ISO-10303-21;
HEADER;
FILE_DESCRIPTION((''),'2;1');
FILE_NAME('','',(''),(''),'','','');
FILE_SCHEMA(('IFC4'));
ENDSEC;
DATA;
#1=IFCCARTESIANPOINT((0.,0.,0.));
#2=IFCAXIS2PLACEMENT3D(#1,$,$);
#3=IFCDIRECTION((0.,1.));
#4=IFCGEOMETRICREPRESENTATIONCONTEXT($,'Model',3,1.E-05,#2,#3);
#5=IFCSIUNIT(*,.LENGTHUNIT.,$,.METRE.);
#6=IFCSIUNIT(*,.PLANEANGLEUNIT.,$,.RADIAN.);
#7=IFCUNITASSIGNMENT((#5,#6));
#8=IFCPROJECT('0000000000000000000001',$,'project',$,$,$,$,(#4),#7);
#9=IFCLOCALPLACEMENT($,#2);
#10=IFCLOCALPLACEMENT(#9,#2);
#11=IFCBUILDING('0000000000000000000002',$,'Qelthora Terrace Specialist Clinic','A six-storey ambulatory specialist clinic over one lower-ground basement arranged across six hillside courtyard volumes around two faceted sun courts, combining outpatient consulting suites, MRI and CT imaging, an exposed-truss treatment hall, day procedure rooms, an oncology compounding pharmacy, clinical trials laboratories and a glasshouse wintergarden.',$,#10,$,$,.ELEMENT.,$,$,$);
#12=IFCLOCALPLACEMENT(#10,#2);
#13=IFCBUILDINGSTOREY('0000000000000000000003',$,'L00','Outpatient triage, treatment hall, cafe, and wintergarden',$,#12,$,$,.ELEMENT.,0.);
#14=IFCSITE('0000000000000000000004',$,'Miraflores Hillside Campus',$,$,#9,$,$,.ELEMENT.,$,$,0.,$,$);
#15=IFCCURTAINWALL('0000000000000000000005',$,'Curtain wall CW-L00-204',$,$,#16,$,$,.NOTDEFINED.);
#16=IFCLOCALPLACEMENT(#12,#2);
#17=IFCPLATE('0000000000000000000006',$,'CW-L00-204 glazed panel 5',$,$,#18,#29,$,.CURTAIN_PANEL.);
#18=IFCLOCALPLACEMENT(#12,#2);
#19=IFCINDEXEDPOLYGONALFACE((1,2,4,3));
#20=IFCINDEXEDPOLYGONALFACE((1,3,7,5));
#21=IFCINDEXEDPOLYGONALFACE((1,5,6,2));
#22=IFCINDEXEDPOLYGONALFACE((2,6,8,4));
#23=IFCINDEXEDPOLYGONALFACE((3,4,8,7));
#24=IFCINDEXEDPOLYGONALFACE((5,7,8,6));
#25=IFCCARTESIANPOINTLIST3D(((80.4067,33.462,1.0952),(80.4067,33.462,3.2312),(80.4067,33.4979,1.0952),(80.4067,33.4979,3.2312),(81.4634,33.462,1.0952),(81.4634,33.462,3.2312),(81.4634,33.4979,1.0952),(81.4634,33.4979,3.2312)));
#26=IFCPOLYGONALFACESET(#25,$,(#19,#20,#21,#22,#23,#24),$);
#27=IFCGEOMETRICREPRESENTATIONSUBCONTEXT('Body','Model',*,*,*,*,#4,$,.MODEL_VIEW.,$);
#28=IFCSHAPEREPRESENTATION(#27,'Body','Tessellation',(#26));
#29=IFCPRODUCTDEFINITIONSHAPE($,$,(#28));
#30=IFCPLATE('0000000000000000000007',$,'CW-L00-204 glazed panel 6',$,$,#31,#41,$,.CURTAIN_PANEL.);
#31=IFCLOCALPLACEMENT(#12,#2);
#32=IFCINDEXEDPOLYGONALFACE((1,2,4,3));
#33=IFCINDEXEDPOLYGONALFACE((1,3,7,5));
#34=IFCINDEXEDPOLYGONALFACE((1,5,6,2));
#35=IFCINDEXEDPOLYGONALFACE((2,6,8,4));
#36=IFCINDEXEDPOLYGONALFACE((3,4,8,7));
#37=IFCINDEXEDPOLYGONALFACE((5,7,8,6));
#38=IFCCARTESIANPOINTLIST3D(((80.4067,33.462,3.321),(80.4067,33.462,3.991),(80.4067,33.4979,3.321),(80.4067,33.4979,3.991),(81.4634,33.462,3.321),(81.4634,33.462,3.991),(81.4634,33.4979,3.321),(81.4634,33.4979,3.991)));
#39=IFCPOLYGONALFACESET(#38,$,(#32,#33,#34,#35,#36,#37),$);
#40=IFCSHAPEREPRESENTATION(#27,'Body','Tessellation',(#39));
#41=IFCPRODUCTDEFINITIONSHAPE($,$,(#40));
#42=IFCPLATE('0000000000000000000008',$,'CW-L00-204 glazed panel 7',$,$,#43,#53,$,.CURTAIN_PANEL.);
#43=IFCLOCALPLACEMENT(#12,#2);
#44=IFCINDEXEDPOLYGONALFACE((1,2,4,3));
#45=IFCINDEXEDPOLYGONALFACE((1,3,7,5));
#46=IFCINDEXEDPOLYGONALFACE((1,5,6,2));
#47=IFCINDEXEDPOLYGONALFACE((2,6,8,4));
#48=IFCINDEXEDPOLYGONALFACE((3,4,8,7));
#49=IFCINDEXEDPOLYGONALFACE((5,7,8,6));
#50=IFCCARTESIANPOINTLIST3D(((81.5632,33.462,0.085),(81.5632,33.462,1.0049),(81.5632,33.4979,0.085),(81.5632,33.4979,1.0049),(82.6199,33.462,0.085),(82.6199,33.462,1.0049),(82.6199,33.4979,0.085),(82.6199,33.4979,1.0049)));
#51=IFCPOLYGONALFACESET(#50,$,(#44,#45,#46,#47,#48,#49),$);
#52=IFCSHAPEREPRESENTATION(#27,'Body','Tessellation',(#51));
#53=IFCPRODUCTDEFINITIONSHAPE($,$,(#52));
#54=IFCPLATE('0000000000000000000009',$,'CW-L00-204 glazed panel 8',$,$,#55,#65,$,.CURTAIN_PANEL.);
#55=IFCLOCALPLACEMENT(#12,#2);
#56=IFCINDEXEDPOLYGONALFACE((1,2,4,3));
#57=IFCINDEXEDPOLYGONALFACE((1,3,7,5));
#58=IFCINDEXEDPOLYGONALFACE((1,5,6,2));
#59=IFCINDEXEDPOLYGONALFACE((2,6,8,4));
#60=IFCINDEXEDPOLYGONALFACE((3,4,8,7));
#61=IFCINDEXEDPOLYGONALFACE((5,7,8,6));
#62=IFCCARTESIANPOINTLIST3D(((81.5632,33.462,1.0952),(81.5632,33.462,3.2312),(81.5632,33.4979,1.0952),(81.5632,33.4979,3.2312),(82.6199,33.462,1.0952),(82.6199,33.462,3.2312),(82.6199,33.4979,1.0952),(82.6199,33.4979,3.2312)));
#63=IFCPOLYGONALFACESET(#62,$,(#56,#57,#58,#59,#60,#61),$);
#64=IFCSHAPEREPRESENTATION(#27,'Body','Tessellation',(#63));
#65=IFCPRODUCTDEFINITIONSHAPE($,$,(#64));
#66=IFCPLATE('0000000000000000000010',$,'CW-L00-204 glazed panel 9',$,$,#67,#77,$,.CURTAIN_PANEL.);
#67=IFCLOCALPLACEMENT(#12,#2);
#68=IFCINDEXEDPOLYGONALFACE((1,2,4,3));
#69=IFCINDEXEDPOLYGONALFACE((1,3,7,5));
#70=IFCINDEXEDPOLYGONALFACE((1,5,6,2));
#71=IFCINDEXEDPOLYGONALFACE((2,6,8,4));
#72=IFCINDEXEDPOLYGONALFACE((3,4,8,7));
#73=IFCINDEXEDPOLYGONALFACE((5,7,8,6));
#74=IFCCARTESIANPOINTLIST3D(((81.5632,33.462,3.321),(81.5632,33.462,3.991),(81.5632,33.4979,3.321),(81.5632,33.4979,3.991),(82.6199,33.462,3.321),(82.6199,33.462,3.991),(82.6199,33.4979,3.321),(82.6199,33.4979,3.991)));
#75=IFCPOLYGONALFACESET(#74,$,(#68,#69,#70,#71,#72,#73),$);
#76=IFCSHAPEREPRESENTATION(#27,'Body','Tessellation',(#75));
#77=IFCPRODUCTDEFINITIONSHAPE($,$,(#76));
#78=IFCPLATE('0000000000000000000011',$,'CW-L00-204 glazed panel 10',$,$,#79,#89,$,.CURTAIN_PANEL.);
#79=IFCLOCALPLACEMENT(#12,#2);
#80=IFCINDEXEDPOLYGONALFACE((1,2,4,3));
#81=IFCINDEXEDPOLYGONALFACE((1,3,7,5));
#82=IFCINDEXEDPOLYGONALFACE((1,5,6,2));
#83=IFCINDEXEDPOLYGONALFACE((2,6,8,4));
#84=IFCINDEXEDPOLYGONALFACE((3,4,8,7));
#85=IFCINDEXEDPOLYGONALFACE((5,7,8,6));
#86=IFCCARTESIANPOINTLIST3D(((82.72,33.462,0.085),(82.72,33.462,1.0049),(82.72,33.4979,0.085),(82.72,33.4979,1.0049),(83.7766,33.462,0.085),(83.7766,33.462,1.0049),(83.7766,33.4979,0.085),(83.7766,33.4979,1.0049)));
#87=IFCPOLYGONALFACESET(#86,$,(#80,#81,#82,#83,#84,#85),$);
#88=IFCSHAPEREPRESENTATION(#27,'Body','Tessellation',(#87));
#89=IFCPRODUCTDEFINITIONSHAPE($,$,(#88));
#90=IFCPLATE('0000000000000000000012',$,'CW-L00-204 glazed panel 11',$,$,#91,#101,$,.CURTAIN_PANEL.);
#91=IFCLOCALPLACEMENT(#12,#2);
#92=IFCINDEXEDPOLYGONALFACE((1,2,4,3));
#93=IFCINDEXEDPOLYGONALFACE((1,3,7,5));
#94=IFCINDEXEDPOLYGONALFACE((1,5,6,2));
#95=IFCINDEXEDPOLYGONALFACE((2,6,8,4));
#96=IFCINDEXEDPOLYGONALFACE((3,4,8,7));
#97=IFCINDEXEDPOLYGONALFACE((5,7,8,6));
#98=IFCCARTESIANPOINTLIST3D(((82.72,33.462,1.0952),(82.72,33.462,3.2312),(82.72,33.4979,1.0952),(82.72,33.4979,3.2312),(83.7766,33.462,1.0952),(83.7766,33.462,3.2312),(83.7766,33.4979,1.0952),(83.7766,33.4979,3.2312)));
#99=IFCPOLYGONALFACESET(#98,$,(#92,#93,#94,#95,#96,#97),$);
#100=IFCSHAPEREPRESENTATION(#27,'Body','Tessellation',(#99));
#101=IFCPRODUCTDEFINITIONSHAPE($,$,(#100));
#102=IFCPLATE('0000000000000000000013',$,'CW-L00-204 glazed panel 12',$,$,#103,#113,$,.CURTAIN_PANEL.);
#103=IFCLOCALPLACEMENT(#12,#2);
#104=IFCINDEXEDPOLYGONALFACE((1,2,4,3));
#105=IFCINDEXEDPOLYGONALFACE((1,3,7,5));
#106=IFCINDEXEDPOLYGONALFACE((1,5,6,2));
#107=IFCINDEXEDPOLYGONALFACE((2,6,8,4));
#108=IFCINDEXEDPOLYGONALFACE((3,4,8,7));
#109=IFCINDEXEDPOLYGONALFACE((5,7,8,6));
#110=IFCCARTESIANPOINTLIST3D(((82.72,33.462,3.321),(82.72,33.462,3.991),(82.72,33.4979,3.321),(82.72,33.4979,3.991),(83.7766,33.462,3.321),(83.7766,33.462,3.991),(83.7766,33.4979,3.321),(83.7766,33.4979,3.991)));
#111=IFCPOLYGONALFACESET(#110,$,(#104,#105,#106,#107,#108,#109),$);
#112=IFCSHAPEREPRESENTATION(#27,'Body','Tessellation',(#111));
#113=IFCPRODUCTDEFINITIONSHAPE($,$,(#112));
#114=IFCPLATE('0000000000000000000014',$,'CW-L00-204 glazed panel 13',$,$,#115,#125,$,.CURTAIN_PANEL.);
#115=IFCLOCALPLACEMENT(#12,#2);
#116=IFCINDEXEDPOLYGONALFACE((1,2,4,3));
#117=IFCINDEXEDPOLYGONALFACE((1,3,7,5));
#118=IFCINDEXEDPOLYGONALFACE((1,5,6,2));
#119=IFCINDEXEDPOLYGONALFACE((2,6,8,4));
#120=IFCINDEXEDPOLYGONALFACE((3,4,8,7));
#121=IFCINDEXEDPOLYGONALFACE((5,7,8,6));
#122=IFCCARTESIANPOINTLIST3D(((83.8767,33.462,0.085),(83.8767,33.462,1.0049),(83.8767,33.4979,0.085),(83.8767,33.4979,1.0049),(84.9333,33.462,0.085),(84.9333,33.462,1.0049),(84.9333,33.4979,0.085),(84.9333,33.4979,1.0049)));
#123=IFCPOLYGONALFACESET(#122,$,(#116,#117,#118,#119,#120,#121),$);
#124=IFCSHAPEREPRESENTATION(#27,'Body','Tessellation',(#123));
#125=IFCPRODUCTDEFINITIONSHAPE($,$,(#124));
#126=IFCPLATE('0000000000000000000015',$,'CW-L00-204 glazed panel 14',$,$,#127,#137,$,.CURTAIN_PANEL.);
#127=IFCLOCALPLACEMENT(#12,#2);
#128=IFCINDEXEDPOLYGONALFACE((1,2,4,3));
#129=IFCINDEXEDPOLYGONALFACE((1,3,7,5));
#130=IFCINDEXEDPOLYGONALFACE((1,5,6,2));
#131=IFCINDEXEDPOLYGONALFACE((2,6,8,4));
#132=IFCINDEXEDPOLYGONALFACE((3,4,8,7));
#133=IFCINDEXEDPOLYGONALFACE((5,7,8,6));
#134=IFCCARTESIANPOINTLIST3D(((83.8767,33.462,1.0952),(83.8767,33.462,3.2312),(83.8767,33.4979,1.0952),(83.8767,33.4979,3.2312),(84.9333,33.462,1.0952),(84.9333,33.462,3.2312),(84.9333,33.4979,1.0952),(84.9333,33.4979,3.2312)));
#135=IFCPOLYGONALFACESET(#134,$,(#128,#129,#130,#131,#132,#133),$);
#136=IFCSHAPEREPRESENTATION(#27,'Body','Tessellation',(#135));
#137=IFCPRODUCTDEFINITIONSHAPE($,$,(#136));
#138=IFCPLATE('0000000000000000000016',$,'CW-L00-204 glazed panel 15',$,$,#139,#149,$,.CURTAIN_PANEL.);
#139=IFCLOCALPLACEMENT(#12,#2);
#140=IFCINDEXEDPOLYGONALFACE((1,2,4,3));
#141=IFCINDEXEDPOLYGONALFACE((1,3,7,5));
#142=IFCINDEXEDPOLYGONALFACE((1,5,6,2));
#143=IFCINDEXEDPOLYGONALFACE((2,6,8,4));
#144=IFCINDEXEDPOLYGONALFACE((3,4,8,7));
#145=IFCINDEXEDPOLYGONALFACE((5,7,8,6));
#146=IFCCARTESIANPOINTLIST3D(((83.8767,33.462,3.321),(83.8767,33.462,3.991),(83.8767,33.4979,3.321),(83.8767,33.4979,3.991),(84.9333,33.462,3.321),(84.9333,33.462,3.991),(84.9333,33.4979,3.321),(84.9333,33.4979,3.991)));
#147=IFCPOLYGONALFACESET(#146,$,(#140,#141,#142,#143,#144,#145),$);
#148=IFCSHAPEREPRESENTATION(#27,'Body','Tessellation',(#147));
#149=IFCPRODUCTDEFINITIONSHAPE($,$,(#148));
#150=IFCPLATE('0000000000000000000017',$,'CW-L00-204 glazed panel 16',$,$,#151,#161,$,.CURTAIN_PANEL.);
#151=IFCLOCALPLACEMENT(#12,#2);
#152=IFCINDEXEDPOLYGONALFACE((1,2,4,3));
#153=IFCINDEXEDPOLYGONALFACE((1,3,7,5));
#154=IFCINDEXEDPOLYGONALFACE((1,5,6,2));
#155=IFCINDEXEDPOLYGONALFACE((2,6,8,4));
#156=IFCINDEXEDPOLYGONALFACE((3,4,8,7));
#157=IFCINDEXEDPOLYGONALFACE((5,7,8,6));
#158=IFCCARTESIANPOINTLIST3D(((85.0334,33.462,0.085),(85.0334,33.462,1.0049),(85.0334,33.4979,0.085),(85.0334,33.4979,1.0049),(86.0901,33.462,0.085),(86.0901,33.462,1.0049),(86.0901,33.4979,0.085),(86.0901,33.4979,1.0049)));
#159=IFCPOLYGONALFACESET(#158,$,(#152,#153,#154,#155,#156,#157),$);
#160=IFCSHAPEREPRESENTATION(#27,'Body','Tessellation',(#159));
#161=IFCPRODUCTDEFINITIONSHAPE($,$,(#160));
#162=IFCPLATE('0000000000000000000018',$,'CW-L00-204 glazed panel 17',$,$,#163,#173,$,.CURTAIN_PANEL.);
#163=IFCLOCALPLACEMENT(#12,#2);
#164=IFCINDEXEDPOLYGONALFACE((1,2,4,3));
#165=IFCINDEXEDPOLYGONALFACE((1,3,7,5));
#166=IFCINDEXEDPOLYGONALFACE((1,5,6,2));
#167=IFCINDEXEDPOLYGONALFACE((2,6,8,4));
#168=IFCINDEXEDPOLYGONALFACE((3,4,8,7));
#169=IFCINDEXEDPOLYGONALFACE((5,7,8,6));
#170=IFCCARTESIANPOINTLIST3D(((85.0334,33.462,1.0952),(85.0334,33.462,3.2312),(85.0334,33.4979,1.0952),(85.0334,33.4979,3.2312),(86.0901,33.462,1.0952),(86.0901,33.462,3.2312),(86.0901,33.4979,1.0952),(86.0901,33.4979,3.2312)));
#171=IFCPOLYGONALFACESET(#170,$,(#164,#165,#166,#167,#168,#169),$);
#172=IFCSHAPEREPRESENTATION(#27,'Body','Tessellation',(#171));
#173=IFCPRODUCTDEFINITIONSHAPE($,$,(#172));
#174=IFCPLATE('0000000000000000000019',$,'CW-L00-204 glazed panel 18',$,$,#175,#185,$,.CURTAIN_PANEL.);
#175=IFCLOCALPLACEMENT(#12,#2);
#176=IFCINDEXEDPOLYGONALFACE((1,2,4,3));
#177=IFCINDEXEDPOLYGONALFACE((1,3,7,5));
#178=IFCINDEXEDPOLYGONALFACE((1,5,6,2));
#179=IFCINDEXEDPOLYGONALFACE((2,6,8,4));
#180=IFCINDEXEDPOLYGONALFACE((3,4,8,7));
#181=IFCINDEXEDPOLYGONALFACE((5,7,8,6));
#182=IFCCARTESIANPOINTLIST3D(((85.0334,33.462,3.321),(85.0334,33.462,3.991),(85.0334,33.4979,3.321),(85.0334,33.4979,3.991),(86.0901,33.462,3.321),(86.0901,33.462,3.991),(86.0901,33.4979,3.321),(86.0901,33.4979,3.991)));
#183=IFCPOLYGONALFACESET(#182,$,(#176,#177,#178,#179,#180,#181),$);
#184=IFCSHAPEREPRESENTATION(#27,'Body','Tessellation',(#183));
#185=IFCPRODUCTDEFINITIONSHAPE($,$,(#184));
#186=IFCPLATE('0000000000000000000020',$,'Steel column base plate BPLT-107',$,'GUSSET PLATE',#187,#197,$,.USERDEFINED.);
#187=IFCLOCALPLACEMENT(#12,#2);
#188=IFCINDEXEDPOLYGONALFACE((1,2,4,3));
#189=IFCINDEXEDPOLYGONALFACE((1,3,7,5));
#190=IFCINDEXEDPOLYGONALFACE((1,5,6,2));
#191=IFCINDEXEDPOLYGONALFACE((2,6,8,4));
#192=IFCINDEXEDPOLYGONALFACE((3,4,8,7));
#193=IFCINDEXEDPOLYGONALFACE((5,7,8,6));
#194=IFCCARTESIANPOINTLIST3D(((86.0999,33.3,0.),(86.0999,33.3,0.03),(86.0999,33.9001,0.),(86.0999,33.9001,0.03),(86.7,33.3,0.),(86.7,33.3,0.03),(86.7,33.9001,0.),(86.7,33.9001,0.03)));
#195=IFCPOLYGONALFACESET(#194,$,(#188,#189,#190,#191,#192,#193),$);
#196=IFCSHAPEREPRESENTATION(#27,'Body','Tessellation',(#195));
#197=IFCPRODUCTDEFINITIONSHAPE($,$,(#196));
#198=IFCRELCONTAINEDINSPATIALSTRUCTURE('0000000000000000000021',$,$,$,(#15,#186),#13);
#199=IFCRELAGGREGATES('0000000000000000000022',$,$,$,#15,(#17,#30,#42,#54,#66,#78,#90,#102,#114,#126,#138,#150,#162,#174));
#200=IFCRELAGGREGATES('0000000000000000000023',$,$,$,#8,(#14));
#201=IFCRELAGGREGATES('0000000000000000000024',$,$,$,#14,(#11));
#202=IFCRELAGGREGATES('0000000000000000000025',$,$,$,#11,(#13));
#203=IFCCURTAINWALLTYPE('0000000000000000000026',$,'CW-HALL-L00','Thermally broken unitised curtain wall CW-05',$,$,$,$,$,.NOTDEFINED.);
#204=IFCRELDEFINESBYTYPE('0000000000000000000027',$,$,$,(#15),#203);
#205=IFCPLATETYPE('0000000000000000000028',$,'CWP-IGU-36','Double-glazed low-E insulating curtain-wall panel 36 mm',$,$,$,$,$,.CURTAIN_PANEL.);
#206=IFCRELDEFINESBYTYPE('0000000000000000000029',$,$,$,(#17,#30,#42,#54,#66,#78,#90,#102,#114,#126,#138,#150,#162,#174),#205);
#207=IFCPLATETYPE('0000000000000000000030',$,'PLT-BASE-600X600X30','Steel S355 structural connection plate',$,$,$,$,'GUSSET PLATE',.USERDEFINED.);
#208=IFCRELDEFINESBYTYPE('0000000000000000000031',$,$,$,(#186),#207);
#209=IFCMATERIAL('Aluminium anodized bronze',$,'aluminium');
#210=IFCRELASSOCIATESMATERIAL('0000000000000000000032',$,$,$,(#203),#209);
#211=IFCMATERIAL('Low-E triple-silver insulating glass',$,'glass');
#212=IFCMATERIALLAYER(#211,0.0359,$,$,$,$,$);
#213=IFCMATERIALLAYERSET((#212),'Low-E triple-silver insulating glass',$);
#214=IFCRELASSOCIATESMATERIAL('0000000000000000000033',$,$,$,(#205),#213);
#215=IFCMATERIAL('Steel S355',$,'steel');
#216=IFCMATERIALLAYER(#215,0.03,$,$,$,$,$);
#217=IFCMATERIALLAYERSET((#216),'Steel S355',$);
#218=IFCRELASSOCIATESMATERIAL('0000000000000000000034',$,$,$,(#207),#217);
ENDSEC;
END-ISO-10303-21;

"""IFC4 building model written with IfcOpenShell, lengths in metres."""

from ifc_helpers import new_model, si_unit, direction, frame, origin, origin_2d, place, context, subcontext, project, spatial, rectangle, extrude, material, layer, layer_set, type_object, element, aggregate, save


model = new_model("IFC4")

# Units and contexts
model_context = context("Model", 3, precision=1e-05, world=origin(), true_north=direction((0.0, 1.0)))
body_context = subcontext(model_context, "Body", "Model", "MODEL_VIEW")
ifc_project = project(units=[si_unit("LENGTHUNIT", "METRE"), si_unit("PLANEANGLEUNIT", "RADIAN")], contexts=[model_context])

# Site, building, storey
site_placement = place(None, origin())
site = spatial("IfcSite", under=ifc_project, at=site_placement, Name="Miraflores Hillside Campus", CompositionType="ELEMENT", RefElevation=0.0)
building_placement = place(site_placement, origin())
building = spatial("IfcBuilding", under=site, at=building_placement, Name="Qelthora Terrace Specialist Clinic", Description="A six-storey ambulatory specialist clinic over one lower-ground basement arranged across six hillside courtyard volumes around two faceted sun courts, combining outpatient consulting suites, MRI and CT imaging, an exposed-truss treatment hall, day procedure rooms, an oncology compounding pharmacy, clinical trials laboratories and a glasshouse wintergarden.", CompositionType="ELEMENT")
storey_placement = place(building_placement, origin())
storey = spatial("IfcBuildingStorey", under=building, at=storey_placement, Name="L00", Description="Outpatient triage, treatment hall, cafe, and wintergarden", CompositionType="ELEMENT", Elevation=0.0)

# Shared definitions
ifc_material_1 = material(Name="Steel S355", Category="steel")

# Curtain wall, plates
ifc_material_2 = material(Name="Aluminium anodized bronze", Category="aluminium")
curtain_wall_type = type_object("IfcCurtainWallType", Name="CW-HALL-L00", Description="Thermally broken unitised curtain wall CW-05", PredefinedType="NOTDEFINED", material=ifc_material_2)
curtain_wall_placement = place(storey_placement, origin())
curtain_wall = element("IfcCurtainWall", 1, at=curtain_wall_placement, inside=storey, type_object=curtain_wall_type, Name="Curtain wall CW-L00-204", PredefinedType="NOTDEFINED")
ifc_material_3 = material(Name="Low-E triple-silver insulating glass", Category="glass")
ifc_layer_1 = layer(ifc_material_3, 0.0359)
ifc_layer_set_1 = layer_set([ifc_layer_1], Name="Low-E triple-silver insulating glass")
plate_type_1 = type_object("IfcPlateType", Name="CWP-IGU-36", Description="Double-glazed low-E insulating curtain-wall panel 36 mm", PredefinedType="CURTAIN_PANEL", material=ifc_layer_set_1)
plate_1_placement = place(storey_placement, frame((80.9351, 33.48, 1.0952), z_axis=(0.0, 0.0, 1.0), x_axis=(1.0, 0.0, 0.0)))
plate_1 = element("IfcPlate", 2, at=plate_1_placement, type_object=plate_type_1, Name="CW-L00-204 glazed panel 5", PredefinedType="CURTAIN_PANEL", context=body_context, shape_type="SweptSolid", body=[
    extrude(rectangle(XDim=1.0566, YDim=0.0359, at=origin_2d()), origin(), (0.0, 0.0, 1.0), 2.136),
])
plate_2_placement = place(storey_placement, frame((80.9351, 33.48, 3.321), z_axis=(0.0, 0.0, 1.0), x_axis=(1.0, 0.0, 0.0)))
plate_2 = element("IfcPlate", 3, at=plate_2_placement, type_object=plate_type_1, Name="CW-L00-204 glazed panel 6", PredefinedType="CURTAIN_PANEL", context=body_context, shape_type="SweptSolid", body=[
    extrude(rectangle(XDim=1.0566, YDim=0.0359, at=origin_2d()), origin(), (0.0, 0.0, 1.0), 0.6699),
])
plate_3_placement = place(storey_placement, frame((82.0916, 33.48, 0.085), z_axis=(0.0, 0.0, 1.0), x_axis=(1.0, 0.0, 0.0)))
plate_3 = element("IfcPlate", 4, at=plate_3_placement, type_object=plate_type_1, Name="CW-L00-204 glazed panel 7", PredefinedType="CURTAIN_PANEL", context=body_context, shape_type="SweptSolid", body=[
    extrude(rectangle(XDim=1.0566, YDim=0.0359, at=origin_2d()), origin(), (0.0, 0.0, 1.0), 0.9199),
])
plate_4_placement = place(storey_placement, frame((82.0916, 33.48, 1.0952), z_axis=(0.0, 0.0, 1.0), x_axis=(1.0, 0.0, 0.0)))
plate_4 = element("IfcPlate", 5, at=plate_4_placement, type_object=plate_type_1, Name="CW-L00-204 glazed panel 8", PredefinedType="CURTAIN_PANEL", context=body_context, shape_type="SweptSolid", body=[
    extrude(rectangle(XDim=1.0566, YDim=0.0359, at=origin_2d()), origin(), (0.0, 0.0, 1.0), 2.136),
])
plate_5_placement = place(storey_placement, frame((82.0916, 33.48, 3.321), z_axis=(0.0, 0.0, 1.0), x_axis=(1.0, 0.0, 0.0)))
plate_5 = element("IfcPlate", 6, at=plate_5_placement, type_object=plate_type_1, Name="CW-L00-204 glazed panel 9", PredefinedType="CURTAIN_PANEL", context=body_context, shape_type="SweptSolid", body=[
    extrude(rectangle(XDim=1.0566, YDim=0.0359, at=origin_2d()), origin(), (0.0, 0.0, 1.0), 0.6699),
])
plate_6_placement = place(storey_placement, frame((83.2483, 33.48, 0.085), z_axis=(0.0, 0.0, 1.0), x_axis=(1.0, 0.0, 0.0)))
plate_6 = element("IfcPlate", 7, at=plate_6_placement, type_object=plate_type_1, Name="CW-L00-204 glazed panel 10", PredefinedType="CURTAIN_PANEL", context=body_context, shape_type="SweptSolid", body=[
    extrude(rectangle(XDim=1.0566, YDim=0.0359, at=origin_2d()), origin(), (0.0, 0.0, 1.0), 0.9199),
])
plate_7_placement = place(storey_placement, frame((83.2483, 33.48, 1.0952), z_axis=(0.0, 0.0, 1.0), x_axis=(1.0, 0.0, 0.0)))
plate_7 = element("IfcPlate", 8, at=plate_7_placement, type_object=plate_type_1, Name="CW-L00-204 glazed panel 11", PredefinedType="CURTAIN_PANEL", context=body_context, shape_type="SweptSolid", body=[
    extrude(rectangle(XDim=1.0566, YDim=0.0359, at=origin_2d()), origin(), (0.0, 0.0, 1.0), 2.136),
])
plate_8_placement = place(storey_placement, frame((83.2483, 33.48, 3.321), z_axis=(0.0, 0.0, 1.0), x_axis=(1.0, 0.0, 0.0)))
plate_8 = element("IfcPlate", 9, at=plate_8_placement, type_object=plate_type_1, Name="CW-L00-204 glazed panel 12", PredefinedType="CURTAIN_PANEL", context=body_context, shape_type="SweptSolid", body=[
    extrude(rectangle(XDim=1.0566, YDim=0.0359, at=origin_2d()), origin(), (0.0, 0.0, 1.0), 0.6699),
])
plate_9_placement = place(storey_placement, frame((84.405, 33.48, 0.085), z_axis=(0.0, 0.0, 1.0), x_axis=(1.0, 0.0, 0.0)))
plate_9 = element("IfcPlate", 10, at=plate_9_placement, type_object=plate_type_1, Name="CW-L00-204 glazed panel 13", PredefinedType="CURTAIN_PANEL", context=body_context, shape_type="SweptSolid", body=[
    extrude(rectangle(XDim=1.0566, YDim=0.0359, at=origin_2d()), origin(), (0.0, 0.0, 1.0), 0.9199),
])
plate_10_placement = place(storey_placement, frame((84.405, 33.48, 1.0952), z_axis=(0.0, 0.0, 1.0), x_axis=(1.0, 0.0, 0.0)))
plate_10 = element("IfcPlate", 11, at=plate_10_placement, type_object=plate_type_1, Name="CW-L00-204 glazed panel 14", PredefinedType="CURTAIN_PANEL", context=body_context, shape_type="SweptSolid", body=[
    extrude(rectangle(XDim=1.0566, YDim=0.0359, at=origin_2d()), origin(), (0.0, 0.0, 1.0), 2.136),
])
plate_11_placement = place(storey_placement, frame((84.405, 33.48, 3.321), z_axis=(0.0, 0.0, 1.0), x_axis=(1.0, 0.0, 0.0)))
plate_11 = element("IfcPlate", 12, at=plate_11_placement, type_object=plate_type_1, Name="CW-L00-204 glazed panel 15", PredefinedType="CURTAIN_PANEL", context=body_context, shape_type="SweptSolid", body=[
    extrude(rectangle(XDim=1.0566, YDim=0.0359, at=origin_2d()), origin(), (0.0, 0.0, 1.0), 0.6699),
])
plate_12_placement = place(storey_placement, frame((85.5618, 33.48, 0.085), z_axis=(0.0, 0.0, 1.0), x_axis=(1.0, 0.0, 0.0)))
plate_12 = element("IfcPlate", 13, at=plate_12_placement, type_object=plate_type_1, Name="CW-L00-204 glazed panel 16", PredefinedType="CURTAIN_PANEL", context=body_context, shape_type="SweptSolid", body=[
    extrude(rectangle(XDim=1.0566, YDim=0.0359, at=origin_2d()), origin(), (0.0, 0.0, 1.0), 0.9199),
])
plate_13_placement = place(storey_placement, frame((85.5618, 33.48, 1.0952), z_axis=(0.0, 0.0, 1.0), x_axis=(1.0, 0.0, 0.0)))
plate_13 = element("IfcPlate", 14, at=plate_13_placement, type_object=plate_type_1, Name="CW-L00-204 glazed panel 17", PredefinedType="CURTAIN_PANEL", context=body_context, shape_type="SweptSolid", body=[
    extrude(rectangle(XDim=1.0566, YDim=0.0359, at=origin_2d()), origin(), (0.0, 0.0, 1.0), 2.136),
])
plate_14_placement = place(storey_placement, frame((85.5618, 33.48, 3.321), z_axis=(0.0, 0.0, 1.0), x_axis=(1.0, 0.0, 0.0)))
plate_14 = element("IfcPlate", 15, at=plate_14_placement, type_object=plate_type_1, Name="CW-L00-204 glazed panel 18", PredefinedType="CURTAIN_PANEL", context=body_context, shape_type="SweptSolid", body=[
    extrude(rectangle(XDim=1.0566, YDim=0.0359, at=origin_2d()), origin(), (0.0, 0.0, 1.0), 0.6699),
])
aggregate(curtain_wall, [plate_1, plate_2, plate_3, plate_4, plate_5, plate_6, plate_7, plate_8, plate_9, plate_10, plate_11, plate_12, plate_13, plate_14])

# Plate
ifc_layer_2 = layer(ifc_material_1, 0.03)
ifc_layer_set_2 = layer_set([ifc_layer_2], Name="Steel S355")
plate_type_2 = type_object("IfcPlateType", Name="PLT-BASE-600X600X30", Description="Steel S355 structural connection plate", ElementType="GUSSET PLATE", PredefinedType="USERDEFINED", material=ifc_layer_set_2)
plate_15_placement = place(storey_placement, frame((86.3999, 33.6001, 0.0), z_axis=(0.0, 0.0, 1.0), x_axis=(1.0, 0.0, 0.0)))
element("IfcPlate", 16, at=plate_15_placement, inside=storey, type_object=plate_type_2, Name="Steel column base plate BPLT-107", ObjectType="GUSSET PLATE", PredefinedType="USERDEFINED", context=body_context, shape_type="SweptSolid", body=[
    extrude(rectangle(XDim=0.6001, YDim=0.6001, at=origin_2d()), origin(), (0.0, 0.0, 1.0), 0.03),
])

save(model, "model.ifc")
